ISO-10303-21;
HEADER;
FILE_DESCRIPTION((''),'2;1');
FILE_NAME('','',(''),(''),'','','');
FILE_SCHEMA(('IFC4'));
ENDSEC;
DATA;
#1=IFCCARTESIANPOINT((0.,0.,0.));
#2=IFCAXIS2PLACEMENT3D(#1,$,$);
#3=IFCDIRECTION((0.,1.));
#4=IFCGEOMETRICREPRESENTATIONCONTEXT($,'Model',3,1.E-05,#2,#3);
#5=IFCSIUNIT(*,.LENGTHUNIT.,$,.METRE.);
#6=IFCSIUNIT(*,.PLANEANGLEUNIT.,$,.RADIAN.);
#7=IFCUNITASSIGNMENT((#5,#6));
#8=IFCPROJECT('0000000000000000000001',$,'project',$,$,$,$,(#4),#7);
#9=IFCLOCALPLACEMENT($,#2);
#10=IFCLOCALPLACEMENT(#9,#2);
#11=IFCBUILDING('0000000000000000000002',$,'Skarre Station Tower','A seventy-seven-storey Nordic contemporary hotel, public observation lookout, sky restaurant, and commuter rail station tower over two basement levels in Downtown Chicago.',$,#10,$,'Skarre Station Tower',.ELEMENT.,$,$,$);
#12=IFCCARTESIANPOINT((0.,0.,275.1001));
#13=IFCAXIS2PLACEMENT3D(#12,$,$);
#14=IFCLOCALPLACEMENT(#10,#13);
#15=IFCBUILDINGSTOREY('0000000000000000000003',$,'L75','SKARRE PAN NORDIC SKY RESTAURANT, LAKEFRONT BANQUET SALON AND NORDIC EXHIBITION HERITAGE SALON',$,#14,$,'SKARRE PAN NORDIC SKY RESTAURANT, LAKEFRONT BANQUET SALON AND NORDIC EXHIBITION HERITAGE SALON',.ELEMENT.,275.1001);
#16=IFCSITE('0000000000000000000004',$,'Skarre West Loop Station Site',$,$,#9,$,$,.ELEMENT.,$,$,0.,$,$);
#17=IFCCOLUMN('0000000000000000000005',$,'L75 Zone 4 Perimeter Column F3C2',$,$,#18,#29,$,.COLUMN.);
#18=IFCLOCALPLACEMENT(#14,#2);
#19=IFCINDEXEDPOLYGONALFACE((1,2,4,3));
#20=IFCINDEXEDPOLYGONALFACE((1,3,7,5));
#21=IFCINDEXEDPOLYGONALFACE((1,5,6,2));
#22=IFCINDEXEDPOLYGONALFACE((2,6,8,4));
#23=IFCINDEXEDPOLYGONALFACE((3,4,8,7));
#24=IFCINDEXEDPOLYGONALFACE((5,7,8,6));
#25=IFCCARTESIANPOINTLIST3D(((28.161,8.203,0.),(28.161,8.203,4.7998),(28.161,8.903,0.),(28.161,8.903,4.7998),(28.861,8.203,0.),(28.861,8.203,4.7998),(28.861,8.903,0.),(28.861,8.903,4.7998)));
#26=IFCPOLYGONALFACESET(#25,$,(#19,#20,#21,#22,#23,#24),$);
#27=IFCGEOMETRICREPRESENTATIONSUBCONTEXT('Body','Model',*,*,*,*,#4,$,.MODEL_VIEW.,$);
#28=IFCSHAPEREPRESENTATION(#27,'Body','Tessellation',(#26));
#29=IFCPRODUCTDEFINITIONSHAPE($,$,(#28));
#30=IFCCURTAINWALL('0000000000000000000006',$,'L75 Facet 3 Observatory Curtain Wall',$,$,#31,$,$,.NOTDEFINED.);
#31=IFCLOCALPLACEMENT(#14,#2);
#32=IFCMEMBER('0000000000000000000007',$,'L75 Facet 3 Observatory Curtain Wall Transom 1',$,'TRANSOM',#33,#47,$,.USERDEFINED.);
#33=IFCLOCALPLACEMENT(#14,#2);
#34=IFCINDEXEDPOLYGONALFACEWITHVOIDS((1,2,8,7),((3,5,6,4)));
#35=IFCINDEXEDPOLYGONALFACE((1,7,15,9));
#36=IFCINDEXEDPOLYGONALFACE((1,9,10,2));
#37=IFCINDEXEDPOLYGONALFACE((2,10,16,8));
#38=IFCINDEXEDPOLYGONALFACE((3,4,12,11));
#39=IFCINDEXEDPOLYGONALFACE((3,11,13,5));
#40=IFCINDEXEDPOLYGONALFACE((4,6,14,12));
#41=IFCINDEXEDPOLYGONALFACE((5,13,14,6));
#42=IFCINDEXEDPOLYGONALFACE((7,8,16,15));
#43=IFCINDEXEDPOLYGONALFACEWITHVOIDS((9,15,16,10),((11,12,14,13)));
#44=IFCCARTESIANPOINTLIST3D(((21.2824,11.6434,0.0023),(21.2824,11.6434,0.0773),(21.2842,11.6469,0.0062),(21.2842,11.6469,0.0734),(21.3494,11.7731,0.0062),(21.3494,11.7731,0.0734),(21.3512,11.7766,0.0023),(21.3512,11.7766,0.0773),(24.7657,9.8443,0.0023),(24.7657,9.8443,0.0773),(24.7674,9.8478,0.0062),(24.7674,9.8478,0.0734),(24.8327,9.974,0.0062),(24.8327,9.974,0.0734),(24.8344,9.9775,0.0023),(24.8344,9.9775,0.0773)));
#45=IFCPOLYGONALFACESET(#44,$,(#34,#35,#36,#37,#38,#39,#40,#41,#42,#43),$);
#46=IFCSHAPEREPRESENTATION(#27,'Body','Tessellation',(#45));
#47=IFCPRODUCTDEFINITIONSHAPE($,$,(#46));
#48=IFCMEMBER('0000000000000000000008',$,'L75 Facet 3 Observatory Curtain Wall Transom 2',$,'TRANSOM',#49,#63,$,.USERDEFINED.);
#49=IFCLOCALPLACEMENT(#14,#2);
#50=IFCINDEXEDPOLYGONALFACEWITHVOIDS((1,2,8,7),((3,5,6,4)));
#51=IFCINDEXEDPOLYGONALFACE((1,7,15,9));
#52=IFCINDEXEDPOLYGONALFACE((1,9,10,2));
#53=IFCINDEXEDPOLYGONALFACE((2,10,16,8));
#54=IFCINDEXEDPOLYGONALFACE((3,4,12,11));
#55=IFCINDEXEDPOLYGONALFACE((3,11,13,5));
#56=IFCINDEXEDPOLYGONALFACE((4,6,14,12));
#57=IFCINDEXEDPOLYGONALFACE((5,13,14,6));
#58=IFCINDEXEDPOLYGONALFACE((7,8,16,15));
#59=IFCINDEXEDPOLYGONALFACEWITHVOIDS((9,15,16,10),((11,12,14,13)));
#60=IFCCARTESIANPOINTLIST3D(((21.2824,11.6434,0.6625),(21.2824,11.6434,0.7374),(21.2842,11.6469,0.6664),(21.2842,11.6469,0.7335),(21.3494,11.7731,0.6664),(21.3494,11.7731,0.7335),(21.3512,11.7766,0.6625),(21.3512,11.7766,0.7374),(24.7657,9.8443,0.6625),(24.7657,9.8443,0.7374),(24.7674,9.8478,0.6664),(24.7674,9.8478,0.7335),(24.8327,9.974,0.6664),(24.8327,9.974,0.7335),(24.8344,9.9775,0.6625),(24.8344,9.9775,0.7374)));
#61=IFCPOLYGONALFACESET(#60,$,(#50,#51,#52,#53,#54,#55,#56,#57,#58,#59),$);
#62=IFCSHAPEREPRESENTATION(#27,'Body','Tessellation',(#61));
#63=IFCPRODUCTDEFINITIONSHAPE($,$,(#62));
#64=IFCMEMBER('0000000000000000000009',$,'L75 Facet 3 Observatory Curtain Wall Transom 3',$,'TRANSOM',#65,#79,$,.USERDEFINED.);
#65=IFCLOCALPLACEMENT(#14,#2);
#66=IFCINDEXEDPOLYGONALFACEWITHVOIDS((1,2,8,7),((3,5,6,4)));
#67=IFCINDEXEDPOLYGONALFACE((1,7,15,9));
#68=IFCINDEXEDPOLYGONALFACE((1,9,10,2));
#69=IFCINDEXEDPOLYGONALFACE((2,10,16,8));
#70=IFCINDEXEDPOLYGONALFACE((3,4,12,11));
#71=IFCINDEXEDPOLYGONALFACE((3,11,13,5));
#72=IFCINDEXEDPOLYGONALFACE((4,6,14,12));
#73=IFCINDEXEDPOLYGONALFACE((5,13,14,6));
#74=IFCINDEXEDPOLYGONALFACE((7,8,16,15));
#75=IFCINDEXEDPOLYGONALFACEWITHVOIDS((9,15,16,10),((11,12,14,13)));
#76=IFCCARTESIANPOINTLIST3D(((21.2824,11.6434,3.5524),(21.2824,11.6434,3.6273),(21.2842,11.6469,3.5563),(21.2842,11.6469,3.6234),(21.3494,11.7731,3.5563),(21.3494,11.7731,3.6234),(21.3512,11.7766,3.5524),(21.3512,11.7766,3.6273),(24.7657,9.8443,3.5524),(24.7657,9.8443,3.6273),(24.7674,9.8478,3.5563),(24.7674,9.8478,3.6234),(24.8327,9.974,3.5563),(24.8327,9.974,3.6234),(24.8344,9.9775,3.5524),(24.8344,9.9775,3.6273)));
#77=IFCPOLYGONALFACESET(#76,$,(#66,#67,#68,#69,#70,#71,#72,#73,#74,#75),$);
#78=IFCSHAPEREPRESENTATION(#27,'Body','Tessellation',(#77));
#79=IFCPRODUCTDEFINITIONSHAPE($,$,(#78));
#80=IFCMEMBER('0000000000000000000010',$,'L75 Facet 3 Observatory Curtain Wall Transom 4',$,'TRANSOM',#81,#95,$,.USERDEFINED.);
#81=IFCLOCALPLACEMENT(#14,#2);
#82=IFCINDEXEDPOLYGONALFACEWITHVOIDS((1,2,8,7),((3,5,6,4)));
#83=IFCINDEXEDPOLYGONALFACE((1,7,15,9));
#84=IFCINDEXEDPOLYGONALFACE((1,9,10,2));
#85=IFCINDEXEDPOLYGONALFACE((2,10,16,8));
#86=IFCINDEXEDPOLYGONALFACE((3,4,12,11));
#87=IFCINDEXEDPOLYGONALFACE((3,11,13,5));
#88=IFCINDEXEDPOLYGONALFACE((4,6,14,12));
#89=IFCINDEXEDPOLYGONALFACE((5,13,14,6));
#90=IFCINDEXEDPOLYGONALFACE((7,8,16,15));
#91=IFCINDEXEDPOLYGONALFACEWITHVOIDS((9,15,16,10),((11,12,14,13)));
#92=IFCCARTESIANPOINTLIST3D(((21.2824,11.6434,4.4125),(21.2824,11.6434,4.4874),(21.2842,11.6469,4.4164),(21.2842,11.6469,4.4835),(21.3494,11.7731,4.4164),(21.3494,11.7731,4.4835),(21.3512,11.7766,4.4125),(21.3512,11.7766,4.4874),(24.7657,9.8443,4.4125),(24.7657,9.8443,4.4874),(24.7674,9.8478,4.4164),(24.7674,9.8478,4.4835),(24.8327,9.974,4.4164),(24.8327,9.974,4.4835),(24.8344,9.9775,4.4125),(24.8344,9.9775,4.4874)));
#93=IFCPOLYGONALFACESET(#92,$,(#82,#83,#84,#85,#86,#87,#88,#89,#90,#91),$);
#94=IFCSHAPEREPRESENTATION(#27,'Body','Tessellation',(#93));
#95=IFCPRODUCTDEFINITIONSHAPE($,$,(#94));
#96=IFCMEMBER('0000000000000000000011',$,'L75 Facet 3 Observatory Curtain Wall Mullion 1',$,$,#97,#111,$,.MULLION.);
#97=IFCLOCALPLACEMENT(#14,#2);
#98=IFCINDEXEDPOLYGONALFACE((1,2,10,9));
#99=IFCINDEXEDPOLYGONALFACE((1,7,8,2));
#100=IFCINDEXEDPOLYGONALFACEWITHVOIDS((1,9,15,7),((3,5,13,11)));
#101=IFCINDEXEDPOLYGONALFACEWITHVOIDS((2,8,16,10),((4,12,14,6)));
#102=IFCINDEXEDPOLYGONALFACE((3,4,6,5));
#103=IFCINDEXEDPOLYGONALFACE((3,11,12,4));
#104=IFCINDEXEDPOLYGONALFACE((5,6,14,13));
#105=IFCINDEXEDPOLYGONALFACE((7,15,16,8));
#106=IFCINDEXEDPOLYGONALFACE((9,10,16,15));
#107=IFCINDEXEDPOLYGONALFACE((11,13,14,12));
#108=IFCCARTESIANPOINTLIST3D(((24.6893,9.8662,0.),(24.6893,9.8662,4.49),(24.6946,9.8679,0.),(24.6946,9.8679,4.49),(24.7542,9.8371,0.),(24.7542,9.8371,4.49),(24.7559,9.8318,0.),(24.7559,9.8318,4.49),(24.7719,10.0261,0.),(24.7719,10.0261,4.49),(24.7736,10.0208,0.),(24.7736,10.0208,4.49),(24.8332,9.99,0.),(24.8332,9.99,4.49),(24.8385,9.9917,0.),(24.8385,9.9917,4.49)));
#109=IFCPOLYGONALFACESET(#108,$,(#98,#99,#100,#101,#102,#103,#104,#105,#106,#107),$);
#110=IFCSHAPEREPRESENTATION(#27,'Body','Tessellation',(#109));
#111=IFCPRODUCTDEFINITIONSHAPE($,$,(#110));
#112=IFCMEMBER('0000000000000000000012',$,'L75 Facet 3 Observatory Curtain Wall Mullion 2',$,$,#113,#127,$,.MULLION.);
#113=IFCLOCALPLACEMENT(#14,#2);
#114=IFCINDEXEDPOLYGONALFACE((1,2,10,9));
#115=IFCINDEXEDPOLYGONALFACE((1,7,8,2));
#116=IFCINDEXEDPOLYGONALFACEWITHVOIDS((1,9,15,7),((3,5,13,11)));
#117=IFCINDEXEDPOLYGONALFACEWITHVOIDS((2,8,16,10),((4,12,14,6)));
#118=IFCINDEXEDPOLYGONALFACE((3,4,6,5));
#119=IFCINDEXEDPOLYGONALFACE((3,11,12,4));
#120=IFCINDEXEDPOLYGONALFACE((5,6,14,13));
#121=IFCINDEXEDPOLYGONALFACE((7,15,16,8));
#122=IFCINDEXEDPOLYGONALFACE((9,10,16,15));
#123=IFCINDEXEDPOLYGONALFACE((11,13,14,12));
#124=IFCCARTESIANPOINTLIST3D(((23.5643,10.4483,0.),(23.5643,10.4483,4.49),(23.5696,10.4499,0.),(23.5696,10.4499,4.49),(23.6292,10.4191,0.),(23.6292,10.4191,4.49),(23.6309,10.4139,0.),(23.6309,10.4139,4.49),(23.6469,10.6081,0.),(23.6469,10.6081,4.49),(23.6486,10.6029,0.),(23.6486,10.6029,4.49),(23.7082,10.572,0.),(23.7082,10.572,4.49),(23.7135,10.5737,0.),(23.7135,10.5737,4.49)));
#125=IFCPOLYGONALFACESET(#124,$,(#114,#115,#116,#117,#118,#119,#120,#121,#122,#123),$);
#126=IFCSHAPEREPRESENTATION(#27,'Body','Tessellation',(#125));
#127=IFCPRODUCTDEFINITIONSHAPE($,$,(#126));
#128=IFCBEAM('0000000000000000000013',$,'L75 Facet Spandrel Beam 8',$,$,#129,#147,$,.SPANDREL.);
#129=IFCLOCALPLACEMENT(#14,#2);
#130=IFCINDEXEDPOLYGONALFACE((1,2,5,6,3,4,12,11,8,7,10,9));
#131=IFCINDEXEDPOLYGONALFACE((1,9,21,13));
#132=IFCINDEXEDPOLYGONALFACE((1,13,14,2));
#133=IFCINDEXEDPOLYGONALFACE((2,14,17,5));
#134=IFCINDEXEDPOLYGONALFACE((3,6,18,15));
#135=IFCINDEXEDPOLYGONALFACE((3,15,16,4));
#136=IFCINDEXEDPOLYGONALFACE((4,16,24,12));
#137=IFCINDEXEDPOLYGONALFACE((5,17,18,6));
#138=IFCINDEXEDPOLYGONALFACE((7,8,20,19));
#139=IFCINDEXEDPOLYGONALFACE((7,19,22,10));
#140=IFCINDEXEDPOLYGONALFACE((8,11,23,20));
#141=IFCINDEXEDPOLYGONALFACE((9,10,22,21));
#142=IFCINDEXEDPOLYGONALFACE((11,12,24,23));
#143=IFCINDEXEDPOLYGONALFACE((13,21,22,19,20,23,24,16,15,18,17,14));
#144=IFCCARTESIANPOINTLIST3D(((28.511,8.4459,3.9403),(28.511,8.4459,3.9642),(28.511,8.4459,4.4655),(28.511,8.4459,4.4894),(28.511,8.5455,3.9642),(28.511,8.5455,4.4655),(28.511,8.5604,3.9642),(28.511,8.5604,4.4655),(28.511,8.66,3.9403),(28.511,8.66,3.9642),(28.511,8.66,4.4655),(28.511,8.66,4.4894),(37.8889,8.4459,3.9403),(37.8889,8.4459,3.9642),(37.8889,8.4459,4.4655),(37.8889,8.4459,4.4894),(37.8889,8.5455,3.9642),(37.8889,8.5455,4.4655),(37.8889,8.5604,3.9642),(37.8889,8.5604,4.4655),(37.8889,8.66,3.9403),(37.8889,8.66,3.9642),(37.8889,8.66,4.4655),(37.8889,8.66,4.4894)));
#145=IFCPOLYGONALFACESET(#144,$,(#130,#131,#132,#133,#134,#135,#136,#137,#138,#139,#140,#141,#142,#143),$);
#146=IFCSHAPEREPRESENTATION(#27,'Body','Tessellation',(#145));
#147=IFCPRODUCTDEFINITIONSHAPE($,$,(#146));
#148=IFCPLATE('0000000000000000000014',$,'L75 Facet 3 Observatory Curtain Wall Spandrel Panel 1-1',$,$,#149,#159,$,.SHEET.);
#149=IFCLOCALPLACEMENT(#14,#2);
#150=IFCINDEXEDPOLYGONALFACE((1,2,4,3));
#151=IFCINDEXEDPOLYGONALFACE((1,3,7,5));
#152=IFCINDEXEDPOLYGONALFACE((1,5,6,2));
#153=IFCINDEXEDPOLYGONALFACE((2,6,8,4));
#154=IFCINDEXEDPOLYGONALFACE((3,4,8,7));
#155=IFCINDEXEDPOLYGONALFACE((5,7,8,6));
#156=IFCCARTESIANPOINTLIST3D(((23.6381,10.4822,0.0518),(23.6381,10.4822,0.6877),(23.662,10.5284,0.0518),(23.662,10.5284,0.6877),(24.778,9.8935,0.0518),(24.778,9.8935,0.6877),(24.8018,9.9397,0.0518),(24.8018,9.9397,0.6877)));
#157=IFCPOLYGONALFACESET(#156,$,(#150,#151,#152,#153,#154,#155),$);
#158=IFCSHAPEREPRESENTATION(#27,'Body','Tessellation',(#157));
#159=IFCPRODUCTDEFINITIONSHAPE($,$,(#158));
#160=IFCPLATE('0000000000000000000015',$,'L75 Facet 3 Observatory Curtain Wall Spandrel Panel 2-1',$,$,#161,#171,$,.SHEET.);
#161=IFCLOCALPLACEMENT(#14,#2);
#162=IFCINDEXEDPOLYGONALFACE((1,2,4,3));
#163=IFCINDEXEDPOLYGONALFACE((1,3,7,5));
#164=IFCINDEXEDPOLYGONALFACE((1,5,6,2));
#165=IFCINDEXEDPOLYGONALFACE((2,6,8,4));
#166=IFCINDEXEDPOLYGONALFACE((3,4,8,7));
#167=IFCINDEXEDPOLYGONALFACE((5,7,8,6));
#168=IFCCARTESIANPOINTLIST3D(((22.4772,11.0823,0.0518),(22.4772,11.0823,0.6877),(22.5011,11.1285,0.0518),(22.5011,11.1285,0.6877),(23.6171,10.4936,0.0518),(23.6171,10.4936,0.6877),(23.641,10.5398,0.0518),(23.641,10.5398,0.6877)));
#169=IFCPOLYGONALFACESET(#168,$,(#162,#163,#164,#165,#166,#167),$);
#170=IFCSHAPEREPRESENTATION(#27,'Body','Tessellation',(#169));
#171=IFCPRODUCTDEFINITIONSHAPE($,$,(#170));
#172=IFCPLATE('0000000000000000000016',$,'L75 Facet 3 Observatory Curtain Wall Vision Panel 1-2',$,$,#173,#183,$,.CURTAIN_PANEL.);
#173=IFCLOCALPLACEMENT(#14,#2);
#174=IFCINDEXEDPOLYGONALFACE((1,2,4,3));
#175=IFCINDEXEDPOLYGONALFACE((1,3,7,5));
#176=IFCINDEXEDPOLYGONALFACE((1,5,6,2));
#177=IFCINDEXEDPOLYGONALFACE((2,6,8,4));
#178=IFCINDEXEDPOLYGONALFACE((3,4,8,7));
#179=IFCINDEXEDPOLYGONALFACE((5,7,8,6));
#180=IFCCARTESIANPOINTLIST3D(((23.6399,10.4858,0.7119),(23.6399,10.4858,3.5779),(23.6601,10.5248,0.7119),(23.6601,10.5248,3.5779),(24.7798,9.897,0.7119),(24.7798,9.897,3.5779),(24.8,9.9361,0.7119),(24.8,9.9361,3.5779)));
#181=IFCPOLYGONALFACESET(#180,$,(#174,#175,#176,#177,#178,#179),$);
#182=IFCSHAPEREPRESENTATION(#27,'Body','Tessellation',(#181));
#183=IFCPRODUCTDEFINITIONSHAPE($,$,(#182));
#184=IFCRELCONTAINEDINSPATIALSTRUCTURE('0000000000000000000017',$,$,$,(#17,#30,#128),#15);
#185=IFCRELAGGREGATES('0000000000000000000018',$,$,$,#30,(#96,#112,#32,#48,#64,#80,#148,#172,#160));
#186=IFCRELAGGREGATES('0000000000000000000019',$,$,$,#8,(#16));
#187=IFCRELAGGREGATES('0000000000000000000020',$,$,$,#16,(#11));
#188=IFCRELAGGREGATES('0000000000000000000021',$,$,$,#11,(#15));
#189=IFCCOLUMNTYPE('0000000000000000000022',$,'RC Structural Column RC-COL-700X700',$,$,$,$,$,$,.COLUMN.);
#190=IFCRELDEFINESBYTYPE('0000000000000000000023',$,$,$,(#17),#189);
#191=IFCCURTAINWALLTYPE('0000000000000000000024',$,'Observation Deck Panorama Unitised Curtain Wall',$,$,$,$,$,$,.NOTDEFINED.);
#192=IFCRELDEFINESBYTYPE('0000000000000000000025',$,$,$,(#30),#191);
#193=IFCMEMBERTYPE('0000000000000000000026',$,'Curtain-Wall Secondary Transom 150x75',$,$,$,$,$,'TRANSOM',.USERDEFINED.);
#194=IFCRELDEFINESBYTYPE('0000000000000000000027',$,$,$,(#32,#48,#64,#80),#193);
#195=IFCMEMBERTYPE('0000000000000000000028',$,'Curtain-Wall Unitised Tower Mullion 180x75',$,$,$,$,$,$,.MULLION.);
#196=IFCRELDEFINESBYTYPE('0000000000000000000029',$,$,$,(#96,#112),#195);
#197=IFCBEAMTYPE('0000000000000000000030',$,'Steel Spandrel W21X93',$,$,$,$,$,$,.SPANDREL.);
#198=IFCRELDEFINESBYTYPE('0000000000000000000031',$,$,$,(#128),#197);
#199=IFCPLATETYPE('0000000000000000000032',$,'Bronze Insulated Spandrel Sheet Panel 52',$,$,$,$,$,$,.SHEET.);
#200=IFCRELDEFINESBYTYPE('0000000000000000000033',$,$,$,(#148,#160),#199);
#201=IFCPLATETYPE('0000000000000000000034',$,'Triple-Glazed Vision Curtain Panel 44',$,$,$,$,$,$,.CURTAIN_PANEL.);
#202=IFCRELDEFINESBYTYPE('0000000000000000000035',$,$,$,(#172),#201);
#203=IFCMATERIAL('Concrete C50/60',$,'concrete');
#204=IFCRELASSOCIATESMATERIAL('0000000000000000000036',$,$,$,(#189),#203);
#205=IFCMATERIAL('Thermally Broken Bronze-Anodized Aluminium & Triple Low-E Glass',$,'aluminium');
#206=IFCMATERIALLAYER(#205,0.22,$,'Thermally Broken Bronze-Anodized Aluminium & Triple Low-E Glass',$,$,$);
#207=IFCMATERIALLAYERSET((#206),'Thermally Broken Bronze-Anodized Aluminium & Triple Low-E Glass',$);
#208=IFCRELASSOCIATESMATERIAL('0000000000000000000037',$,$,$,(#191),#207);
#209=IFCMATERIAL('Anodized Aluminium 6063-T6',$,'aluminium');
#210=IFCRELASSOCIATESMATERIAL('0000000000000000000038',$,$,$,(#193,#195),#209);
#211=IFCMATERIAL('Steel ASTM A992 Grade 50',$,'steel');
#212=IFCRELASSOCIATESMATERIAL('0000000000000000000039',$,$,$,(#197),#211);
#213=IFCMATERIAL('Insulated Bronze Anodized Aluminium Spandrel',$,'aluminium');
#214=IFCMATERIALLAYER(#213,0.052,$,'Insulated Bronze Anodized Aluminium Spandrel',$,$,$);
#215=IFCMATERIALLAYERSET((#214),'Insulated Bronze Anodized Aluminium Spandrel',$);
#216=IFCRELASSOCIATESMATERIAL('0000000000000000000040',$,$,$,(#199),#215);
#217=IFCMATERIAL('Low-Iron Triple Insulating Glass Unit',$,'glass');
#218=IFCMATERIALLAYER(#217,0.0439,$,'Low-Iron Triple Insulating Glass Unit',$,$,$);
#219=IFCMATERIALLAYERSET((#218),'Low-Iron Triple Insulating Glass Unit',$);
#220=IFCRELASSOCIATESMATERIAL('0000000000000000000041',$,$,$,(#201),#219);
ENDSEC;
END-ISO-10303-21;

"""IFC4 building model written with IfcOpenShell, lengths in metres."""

from ifc_helpers import new_model, si_unit, direction, frame, origin, origin_2d, place, context, subcontext, project, spatial, rectangle, hollow_rectangle, i_section, extrude, material, layer, layer_set, material_profile, profile_set, type_object, element, aggregate, save


model = new_model("IFC4")

# Units and contexts
model_context = context("Model", 3, precision=1e-05, world=origin(), true_north=direction((0.0, 1.0)))
body_context = subcontext(model_context, "Body", "Model", "MODEL_VIEW")
ifc_project = project(units=[si_unit("LENGTHUNIT", "METRE"), si_unit("PLANEANGLEUNIT", "RADIAN")], contexts=[model_context])

# Site, building, storey
site_placement = place(None, origin())
site = spatial("IfcSite", under=ifc_project, at=site_placement, Name="Skarre West Loop Station Site", CompositionType="ELEMENT", RefElevation=0.0)
building_placement = place(site_placement, origin())
building = spatial("IfcBuilding", under=site, at=building_placement, Name="Skarre Station Tower", Description="A seventy-seven-storey Nordic contemporary hotel, public observation lookout, sky restaurant, and commuter rail station tower over two basement levels in Downtown Chicago.", LongName="Skarre Station Tower", CompositionType="ELEMENT")
storey_placement = place(building_placement, frame((0.0, 0.0, 275.1001)))
storey = spatial("IfcBuildingStorey", under=building, at=storey_placement, Name="L75", Description="SKARRE PAN NORDIC SKY RESTAURANT, LAKEFRONT BANQUET SALON AND NORDIC EXHIBITION HERITAGE SALON", LongName="SKARRE PAN NORDIC SKY RESTAURANT, LAKEFRONT BANQUET SALON AND NORDIC EXHIBITION HERITAGE SALON", CompositionType="ELEMENT", Elevation=275.1001)

# Column
ifc_material_1 = material(Name="Concrete C50/60", Category="concrete")
ifc_material_profile_1 = material_profile(ifc_material_1, rectangle(XDim=0.7, YDim=0.7, at=origin_2d()), Name="Concrete C50/60")
ifc_profile_set_1 = profile_set([ifc_material_profile_1], Name="Concrete C50/60")
column_type = type_object("IfcColumnType", Name="RC Structural Column RC-COL-700X700", PredefinedType="COLUMN", material=ifc_profile_set_1)
column_placement = place(storey_placement, frame((28.511, 8.553, 0.0), z_axis=(0.0, 0.0, 1.0), x_axis=(1.0, 0.0, 0.0)))
element("IfcColumn", 1, at=column_placement, inside=storey, type_object=column_type, Name="L75 Zone 4 Perimeter Column F3C2", PredefinedType="COLUMN", context=body_context, shape_type="SweptSolid", body=[
    extrude(rectangle(XDim=0.7, YDim=0.7, at=origin_2d()), origin(), (0.0, 0.0, 1.0), 4.7998),
])

# Curtain wall, members
ifc_material_2 = material(Name="Thermally Broken Bronze-Anodized Aluminium & Triple Low-E Glass", Category="aluminium")
ifc_layer_1 = layer(ifc_material_2, 0.22, Name="Thermally Broken Bronze-Anodized Aluminium & Triple Low-E Glass")
ifc_layer_set_1 = layer_set([ifc_layer_1], Name="Thermally Broken Bronze-Anodized Aluminium & Triple Low-E Glass")
curtain_wall_type = type_object("IfcCurtainWallType", Name="Observation Deck Panorama Unitised Curtain Wall", PredefinedType="NOTDEFINED", material=ifc_layer_set_1)
curtain_wall_placement = place(storey_placement, origin())
curtain_wall = element("IfcCurtainWall", 2, at=curtain_wall_placement, inside=storey, type_object=curtain_wall_type, Name="L75 Facet 3 Observatory Curtain Wall", PredefinedType="NOTDEFINED")
ifc_material_3 = material(Name="Anodized Aluminium 6063-T6", Category="aluminium")
ifc_material_profile_2 = material_profile(ifc_material_3, hollow_rectangle(XDim=0.075, YDim=0.1499, WallThickness=0.0039, at=origin_2d()), Name="Anodized Aluminium 6063-T6")
ifc_profile_set_2 = profile_set([ifc_material_profile_2], Name="Anodized Aluminium 6063-T6")
member_type_1 = type_object("IfcMemberType", Name="Curtain-Wall Secondary Transom 150x75", ElementType="TRANSOM", PredefinedType="USERDEFINED", material=ifc_profile_set_2)
member_1_placement = place(storey_placement, frame((24.8, 9.9109, 0.0398), z_axis=(-0.888484, 0.458908, 0.0), x_axis=(0.0, 0.0, 1.0)))
member_1 = element("IfcMember", 3, at=member_1_placement, type_object=member_type_1, Name="L75 Facet 3 Observatory Curtain Wall Transom 1", ObjectType="TRANSOM", PredefinedType="USERDEFINED", context=body_context, shape_type="SweptSolid", body=[
    extrude(hollow_rectangle(XDim=0.075, YDim=0.1499, WallThickness=0.0039, at=origin_2d()), origin(), (0.0, 0.0, 1.0), 3.9204),
])
member_2_placement = place(storey_placement, frame((24.8, 9.9109, 0.7), z_axis=(-0.888484, 0.458908, 0.0), x_axis=(0.0, 0.0, 1.0)))
member_2 = element("IfcMember", 4, at=member_2_placement, type_object=member_type_1, Name="L75 Facet 3 Observatory Curtain Wall Transom 2", ObjectType="TRANSOM", PredefinedType="USERDEFINED", context=body_context, shape_type="SweptSolid", body=[
    extrude(hollow_rectangle(XDim=0.075, YDim=0.1499, WallThickness=0.0039, at=origin_2d()), origin(), (0.0, 0.0, 1.0), 3.9204),
])
member_3_placement = place(storey_placement, frame((24.8, 9.9109, 3.5898), z_axis=(-0.888484, 0.458908, 0.0), x_axis=(0.0, 0.0, 1.0)))
member_3 = element("IfcMember", 5, at=member_3_placement, type_object=member_type_1, Name="L75 Facet 3 Observatory Curtain Wall Transom 3", ObjectType="TRANSOM", PredefinedType="USERDEFINED", context=body_context, shape_type="SweptSolid", body=[
    extrude(hollow_rectangle(XDim=0.075, YDim=0.1499, WallThickness=0.0039, at=origin_2d()), origin(), (0.0, 0.0, 1.0), 3.9204),
])
member_4_placement = place(storey_placement, frame((24.8, 9.9109, 4.45), z_axis=(-0.888484, 0.458908, 0.0), x_axis=(0.0, 0.0, 1.0)))
member_4 = element("IfcMember", 6, at=member_4_placement, type_object=member_type_1, Name="L75 Facet 3 Observatory Curtain Wall Transom 4", ObjectType="TRANSOM", PredefinedType="USERDEFINED", context=body_context, shape_type="SweptSolid", body=[
    extrude(hollow_rectangle(XDim=0.075, YDim=0.1499, WallThickness=0.0039, at=origin_2d()), origin(), (0.0, 0.0, 1.0), 3.9204),
])
ifc_material_profile_3 = material_profile(ifc_material_3, hollow_rectangle(XDim=0.075, YDim=0.1799, WallThickness=0.0039, at=origin_2d()), Name="Anodized Aluminium 6063-T6")
ifc_profile_set_3 = profile_set([ifc_material_profile_3], Name="Anodized Aluminium 6063-T6")
member_type_2 = type_object("IfcMemberType", Name="Curtain-Wall Unitised Tower Mullion 180x75", PredefinedType="MULLION", material=ifc_profile_set_3)
member_5_placement = place(storey_placement, frame((24.7639, 9.929, 0.0), z_axis=(0.0, 0.0, 1.0), x_axis=(-0.888481, 0.458913, 0.0)))
member_5 = element("IfcMember", 7, at=member_5_placement, type_object=member_type_2, Name="L75 Facet 3 Observatory Curtain Wall Mullion 1", PredefinedType="MULLION", context=body_context, shape_type="SweptSolid", body=[
    extrude(hollow_rectangle(XDim=0.075, YDim=0.1799, WallThickness=0.0039, at=origin_2d()), origin(), (0.0, 0.0, 1.0), 4.49),
])
member_6_placement = place(storey_placement, frame((23.6389, 10.511, 0.0), z_axis=(0.0, 0.0, 1.0), x_axis=(-0.888481, 0.458913, 0.0)))
member_6 = element("IfcMember", 8, at=member_6_placement, type_object=member_type_2, Name="L75 Facet 3 Observatory Curtain Wall Mullion 2", PredefinedType="MULLION", context=body_context, shape_type="SweptSolid", body=[
    extrude(hollow_rectangle(XDim=0.075, YDim=0.1799, WallThickness=0.0039, at=origin_2d()), origin(), (0.0, 0.0, 1.0), 4.49),
])

# Beam
ifc_material_4 = material(Name="Steel ASTM A992 Grade 50", Category="steel")
ifc_material_profile_4 = material_profile(ifc_material_4, i_section(OverallWidth=0.2141, OverallDepth=0.5491, WebThickness=0.0149, FlangeThickness=0.0239, at=origin_2d()), Name="Steel ASTM A992 Grade 50")
ifc_profile_set_4 = profile_set([ifc_material_profile_4], Name="Steel ASTM A992 Grade 50")
beam_type = type_object("IfcBeamType", Name="Steel Spandrel W21X93", PredefinedType="SPANDREL", material=ifc_profile_set_4)
beam_placement = place(storey_placement, frame((28.511, 8.553, 4.2148), z_axis=(1.0, 0.0, 0.0), x_axis=(0.0, 1.0, 0.0)))
element("IfcBeam", 9, at=beam_placement, inside=storey, type_object=beam_type, Name="L75 Facet Spandrel Beam 8", PredefinedType="SPANDREL", context=body_context, shape_type="SweptSolid", body=[
    extrude(i_section(OverallWidth=0.2141, OverallDepth=0.5491, WebThickness=0.0149, FlangeThickness=0.0239, at=origin_2d()), origin(), (0.0, 0.0, 1.0), 9.3779),
])

# Plates
ifc_material_5 = material(Name="Insulated Bronze Anodized Aluminium Spandrel", Category="aluminium")
ifc_layer_2 = layer(ifc_material_5, 0.052, Name="Insulated Bronze Anodized Aluminium Spandrel")
ifc_layer_set_2 = layer_set([ifc_layer_2], Name="Insulated Bronze Anodized Aluminium Spandrel")
plate_type_1 = type_object("IfcPlateType", Name="Bronze Insulated Spandrel Sheet Panel 52", PredefinedType="SHEET", material=ifc_layer_set_2)
plate_1_placement = place(storey_placement, frame((24.22, 10.2109, 0.0518), z_axis=(0.0, 0.0, 1.0), x_axis=(-0.888481, 0.458913, 0.0)))
plate_1 = element("IfcPlate", 10, at=plate_1_placement, type_object=plate_type_1, Name="L75 Facet 3 Observatory Curtain Wall Spandrel Panel 1-1", PredefinedType="SHEET", context=body_context, shape_type="SweptSolid", body=[
    extrude(rectangle(XDim=1.283, YDim=0.052, at=origin_2d()), origin(), (0.0, 0.0, 1.0), 0.636),
])
plate_2_placement = place(storey_placement, frame((23.0591, 10.811, 0.0518), z_axis=(0.0, 0.0, 1.0), x_axis=(-0.888481, 0.458913, 0.0)))
plate_2 = element("IfcPlate", 11, at=plate_2_placement, type_object=plate_type_1, Name="L75 Facet 3 Observatory Curtain Wall Spandrel Panel 2-1", PredefinedType="SHEET", context=body_context, shape_type="SweptSolid", body=[
    extrude(rectangle(XDim=1.283, YDim=0.052, at=origin_2d()), origin(), (0.0, 0.0, 1.0), 0.636),
])
ifc_material_6 = material(Name="Low-Iron Triple Insulating Glass Unit", Category="glass")
ifc_layer_3 = layer(ifc_material_6, 0.0439, Name="Low-Iron Triple Insulating Glass Unit")
ifc_layer_set_3 = layer_set([ifc_layer_3], Name="Low-Iron Triple Insulating Glass Unit")
plate_type_2 = type_object("IfcPlateType", Name="Triple-Glazed Vision Curtain Panel 44", PredefinedType="CURTAIN_PANEL", material=ifc_layer_set_3)
plate_3_placement = place(storey_placement, frame((24.22, 10.2109, 0.7119), z_axis=(0.0, 0.0, 1.0), x_axis=(-0.888481, 0.458913, 0.0)))
plate_3 = element("IfcPlate", 12, at=plate_3_placement, type_object=plate_type_2, Name="L75 Facet 3 Observatory Curtain Wall Vision Panel 1-2", PredefinedType="CURTAIN_PANEL", context=body_context, shape_type="SweptSolid", body=[
    extrude(rectangle(XDim=1.283, YDim=0.0439, at=origin_2d()), origin(), (0.0, 0.0, 1.0), 2.866),
])
aggregate(curtain_wall, [member_5, member_6, member_1, member_2, member_3, member_4, plate_1, plate_3, plate_2])

save(model, "model.ifc")
